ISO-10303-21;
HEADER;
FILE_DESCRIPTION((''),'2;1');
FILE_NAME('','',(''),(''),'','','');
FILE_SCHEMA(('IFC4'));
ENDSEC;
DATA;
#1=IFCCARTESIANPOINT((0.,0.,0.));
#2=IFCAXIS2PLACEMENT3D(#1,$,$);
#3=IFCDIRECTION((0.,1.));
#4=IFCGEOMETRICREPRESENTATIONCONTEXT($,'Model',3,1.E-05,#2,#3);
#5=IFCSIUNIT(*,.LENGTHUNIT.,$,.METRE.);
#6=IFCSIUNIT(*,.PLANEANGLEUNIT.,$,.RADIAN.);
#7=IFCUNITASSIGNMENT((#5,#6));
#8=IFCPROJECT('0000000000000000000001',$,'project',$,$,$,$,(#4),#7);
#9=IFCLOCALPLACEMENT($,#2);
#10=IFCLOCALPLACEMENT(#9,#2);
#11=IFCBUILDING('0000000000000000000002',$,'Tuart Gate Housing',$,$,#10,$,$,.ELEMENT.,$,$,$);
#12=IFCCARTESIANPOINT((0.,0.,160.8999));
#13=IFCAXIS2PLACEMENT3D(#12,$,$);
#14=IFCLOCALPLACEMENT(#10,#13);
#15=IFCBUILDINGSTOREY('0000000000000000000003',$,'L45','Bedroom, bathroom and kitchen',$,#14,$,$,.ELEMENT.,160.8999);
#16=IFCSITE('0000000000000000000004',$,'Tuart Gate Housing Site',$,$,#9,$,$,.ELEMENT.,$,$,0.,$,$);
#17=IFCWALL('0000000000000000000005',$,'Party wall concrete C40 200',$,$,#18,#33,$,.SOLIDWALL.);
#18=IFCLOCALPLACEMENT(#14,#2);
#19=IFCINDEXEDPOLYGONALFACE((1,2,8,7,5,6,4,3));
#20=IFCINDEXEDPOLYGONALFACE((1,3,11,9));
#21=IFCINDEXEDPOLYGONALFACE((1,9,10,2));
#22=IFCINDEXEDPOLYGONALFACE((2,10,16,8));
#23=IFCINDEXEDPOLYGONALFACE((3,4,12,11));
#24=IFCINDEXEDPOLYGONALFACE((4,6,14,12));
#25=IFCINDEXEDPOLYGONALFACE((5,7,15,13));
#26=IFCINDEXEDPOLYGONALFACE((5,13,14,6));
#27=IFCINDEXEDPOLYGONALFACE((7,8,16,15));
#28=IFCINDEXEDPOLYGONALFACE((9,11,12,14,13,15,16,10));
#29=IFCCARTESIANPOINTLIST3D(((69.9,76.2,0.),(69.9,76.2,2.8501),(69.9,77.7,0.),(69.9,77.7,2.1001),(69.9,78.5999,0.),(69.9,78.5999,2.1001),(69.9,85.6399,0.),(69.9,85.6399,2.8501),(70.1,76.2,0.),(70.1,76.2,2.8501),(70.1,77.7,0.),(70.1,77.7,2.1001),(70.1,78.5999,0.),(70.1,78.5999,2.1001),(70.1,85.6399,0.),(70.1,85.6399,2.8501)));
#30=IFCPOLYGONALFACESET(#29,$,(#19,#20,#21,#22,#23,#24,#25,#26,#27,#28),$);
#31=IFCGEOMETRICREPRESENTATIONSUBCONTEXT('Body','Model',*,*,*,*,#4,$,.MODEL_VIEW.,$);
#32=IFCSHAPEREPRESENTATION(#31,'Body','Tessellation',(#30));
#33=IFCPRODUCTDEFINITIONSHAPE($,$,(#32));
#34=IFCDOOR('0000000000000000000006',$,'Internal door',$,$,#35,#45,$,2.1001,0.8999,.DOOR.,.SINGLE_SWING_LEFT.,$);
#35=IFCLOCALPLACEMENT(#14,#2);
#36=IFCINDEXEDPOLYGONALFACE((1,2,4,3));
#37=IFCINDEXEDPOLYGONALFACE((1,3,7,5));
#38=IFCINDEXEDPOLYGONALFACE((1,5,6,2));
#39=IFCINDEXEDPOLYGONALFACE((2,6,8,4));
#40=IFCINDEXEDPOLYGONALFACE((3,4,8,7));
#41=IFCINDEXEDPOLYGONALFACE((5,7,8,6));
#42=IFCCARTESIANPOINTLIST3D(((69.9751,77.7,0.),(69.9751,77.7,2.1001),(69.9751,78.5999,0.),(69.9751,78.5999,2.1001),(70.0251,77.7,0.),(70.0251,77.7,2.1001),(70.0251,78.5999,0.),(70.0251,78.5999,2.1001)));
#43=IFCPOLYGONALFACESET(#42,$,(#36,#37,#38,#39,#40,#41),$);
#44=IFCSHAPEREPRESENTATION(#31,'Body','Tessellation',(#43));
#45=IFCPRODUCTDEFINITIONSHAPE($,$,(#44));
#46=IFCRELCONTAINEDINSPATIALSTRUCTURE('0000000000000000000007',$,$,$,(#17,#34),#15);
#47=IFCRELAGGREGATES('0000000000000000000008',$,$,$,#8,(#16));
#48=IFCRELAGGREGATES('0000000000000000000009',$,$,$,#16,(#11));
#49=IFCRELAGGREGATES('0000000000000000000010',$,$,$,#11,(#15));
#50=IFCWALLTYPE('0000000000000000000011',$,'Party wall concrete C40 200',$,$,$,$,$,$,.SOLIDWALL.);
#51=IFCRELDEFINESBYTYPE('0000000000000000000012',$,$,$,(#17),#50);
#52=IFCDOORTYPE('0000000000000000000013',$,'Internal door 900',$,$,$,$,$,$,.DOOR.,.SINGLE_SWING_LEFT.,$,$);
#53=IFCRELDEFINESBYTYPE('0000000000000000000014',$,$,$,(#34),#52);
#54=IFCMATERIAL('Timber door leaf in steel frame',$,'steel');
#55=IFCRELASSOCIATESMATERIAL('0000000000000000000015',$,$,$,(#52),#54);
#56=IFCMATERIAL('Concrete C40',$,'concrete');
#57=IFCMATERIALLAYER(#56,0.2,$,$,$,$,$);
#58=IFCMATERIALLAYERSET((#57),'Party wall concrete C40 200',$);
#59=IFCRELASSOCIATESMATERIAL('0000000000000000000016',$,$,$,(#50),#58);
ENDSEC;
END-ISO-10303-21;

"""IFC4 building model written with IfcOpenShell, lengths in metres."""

from ifc_helpers import new_model, si_unit, direction, frame, frame_2d, origin, place, context, subcontext, project, spatial, rectangle, extrude, material, layer, layer_set, type_object, element, fill, save


model = new_model("IFC4")

# Units and contexts
model_context = context("Model", 3, precision=1e-05, world=origin(), true_north=direction((0.0, 1.0)))
body_context = subcontext(model_context, "Body", "Model", "MODEL_VIEW")
ifc_project = project(units=[si_unit("LENGTHUNIT", "METRE"), si_unit("PLANEANGLEUNIT", "RADIAN")], contexts=[model_context])

# Site, building, storey
site_placement = place(None, origin())
site = spatial("IfcSite", under=ifc_project, at=site_placement, Name="Tuart Gate Housing Site", CompositionType="ELEMENT", RefElevation=0.0)
building_placement = place(site_placement, origin())
building = spatial("IfcBuilding", under=site, at=building_placement, Name="Tuart Gate Housing", CompositionType="ELEMENT")
storey_placement = place(building_placement, frame((0.0, 0.0, 160.8999)))
storey = spatial("IfcBuildingStorey", under=building, at=storey_placement, Name="L45", Description="Bedroom, bathroom and kitchen", CompositionType="ELEMENT", Elevation=160.8999)

# Shared definitions
ifc_material_1 = material(Name="Timber door leaf in steel frame", Category="steel")
door_type_1 = type_object("IfcDoorType", Name="Internal door 900", OperationType="SINGLE_SWING_LEFT", PredefinedType="DOOR", material=ifc_material_1)

# Shared definitions
ifc_material_2 = material(Name="Concrete C40", Category="concrete")
ifc_layer_1 = layer(ifc_material_2, 0.2)
ifc_layer_set_1 = layer_set([ifc_layer_1], Name="Party wall concrete C40 200")
wall_type_1 = type_object("IfcWallType", Name="Party wall concrete C40 200", PredefinedType="SOLIDWALL", material=ifc_layer_set_1)

# Wall, opening, door
wall_1_placement = place(storey_placement, frame((70.0, 76.2, 0.0), z_axis=(0.0, 0.0, 1.0), x_axis=(0.0, 1.0, 0.0)))
wall_1 = element("IfcWall", 1, at=wall_1_placement, inside=storey, type_object=wall_type_1, Name="Party wall concrete C40 200", PredefinedType="SOLIDWALL", context=body_context, shape_type="SweptSolid", body=[
    extrude(rectangle(XDim=9.4399, YDim=0.2, at=frame_2d((4.72, 0.0))), origin(), (0.0, 0.0, 1.0), 2.8501),
])
opening_1_placement = place(wall_1_placement, frame((1.5, 0.0, 0.0)))
opening_1 = element("IfcOpeningElement", 2, at=opening_1_placement, cuts=wall_1, PredefinedType="OPENING", context=body_context, shape_type="SweptSolid", body=[
    extrude(rectangle(XDim=0.8999, YDim=2.1001, at=frame_2d((0.45, 1.05))), frame((0.0, 0.1099, 0.0), z_axis=(0.0, -1.0, 0.0), x_axis=(1.0, 0.0, 0.0)), (0.0, 0.0, 1.0), 0.22),
])
door_1_placement = place(opening_1_placement, origin())
door_1 = element("IfcDoor", 3, at=door_1_placement, inside=storey, type_object=door_type_1, Name="Internal door", OperationType="SINGLE_SWING_LEFT", OverallHeight=2.1001, OverallWidth=0.8999, PredefinedType="DOOR", context=body_context, shape_type="SweptSolid", body=[
    extrude(rectangle(XDim=0.8999, YDim=2.1001, at=frame_2d((0.45, 1.05))), frame((0.0, 0.0249, 0.0), z_axis=(0.0, -1.0, 0.0), x_axis=(1.0, 0.0, 0.0)), (0.0, 0.0, 1.0), 0.05),
])
fill(opening_1, door_1)

save(model, "model.ifc")
